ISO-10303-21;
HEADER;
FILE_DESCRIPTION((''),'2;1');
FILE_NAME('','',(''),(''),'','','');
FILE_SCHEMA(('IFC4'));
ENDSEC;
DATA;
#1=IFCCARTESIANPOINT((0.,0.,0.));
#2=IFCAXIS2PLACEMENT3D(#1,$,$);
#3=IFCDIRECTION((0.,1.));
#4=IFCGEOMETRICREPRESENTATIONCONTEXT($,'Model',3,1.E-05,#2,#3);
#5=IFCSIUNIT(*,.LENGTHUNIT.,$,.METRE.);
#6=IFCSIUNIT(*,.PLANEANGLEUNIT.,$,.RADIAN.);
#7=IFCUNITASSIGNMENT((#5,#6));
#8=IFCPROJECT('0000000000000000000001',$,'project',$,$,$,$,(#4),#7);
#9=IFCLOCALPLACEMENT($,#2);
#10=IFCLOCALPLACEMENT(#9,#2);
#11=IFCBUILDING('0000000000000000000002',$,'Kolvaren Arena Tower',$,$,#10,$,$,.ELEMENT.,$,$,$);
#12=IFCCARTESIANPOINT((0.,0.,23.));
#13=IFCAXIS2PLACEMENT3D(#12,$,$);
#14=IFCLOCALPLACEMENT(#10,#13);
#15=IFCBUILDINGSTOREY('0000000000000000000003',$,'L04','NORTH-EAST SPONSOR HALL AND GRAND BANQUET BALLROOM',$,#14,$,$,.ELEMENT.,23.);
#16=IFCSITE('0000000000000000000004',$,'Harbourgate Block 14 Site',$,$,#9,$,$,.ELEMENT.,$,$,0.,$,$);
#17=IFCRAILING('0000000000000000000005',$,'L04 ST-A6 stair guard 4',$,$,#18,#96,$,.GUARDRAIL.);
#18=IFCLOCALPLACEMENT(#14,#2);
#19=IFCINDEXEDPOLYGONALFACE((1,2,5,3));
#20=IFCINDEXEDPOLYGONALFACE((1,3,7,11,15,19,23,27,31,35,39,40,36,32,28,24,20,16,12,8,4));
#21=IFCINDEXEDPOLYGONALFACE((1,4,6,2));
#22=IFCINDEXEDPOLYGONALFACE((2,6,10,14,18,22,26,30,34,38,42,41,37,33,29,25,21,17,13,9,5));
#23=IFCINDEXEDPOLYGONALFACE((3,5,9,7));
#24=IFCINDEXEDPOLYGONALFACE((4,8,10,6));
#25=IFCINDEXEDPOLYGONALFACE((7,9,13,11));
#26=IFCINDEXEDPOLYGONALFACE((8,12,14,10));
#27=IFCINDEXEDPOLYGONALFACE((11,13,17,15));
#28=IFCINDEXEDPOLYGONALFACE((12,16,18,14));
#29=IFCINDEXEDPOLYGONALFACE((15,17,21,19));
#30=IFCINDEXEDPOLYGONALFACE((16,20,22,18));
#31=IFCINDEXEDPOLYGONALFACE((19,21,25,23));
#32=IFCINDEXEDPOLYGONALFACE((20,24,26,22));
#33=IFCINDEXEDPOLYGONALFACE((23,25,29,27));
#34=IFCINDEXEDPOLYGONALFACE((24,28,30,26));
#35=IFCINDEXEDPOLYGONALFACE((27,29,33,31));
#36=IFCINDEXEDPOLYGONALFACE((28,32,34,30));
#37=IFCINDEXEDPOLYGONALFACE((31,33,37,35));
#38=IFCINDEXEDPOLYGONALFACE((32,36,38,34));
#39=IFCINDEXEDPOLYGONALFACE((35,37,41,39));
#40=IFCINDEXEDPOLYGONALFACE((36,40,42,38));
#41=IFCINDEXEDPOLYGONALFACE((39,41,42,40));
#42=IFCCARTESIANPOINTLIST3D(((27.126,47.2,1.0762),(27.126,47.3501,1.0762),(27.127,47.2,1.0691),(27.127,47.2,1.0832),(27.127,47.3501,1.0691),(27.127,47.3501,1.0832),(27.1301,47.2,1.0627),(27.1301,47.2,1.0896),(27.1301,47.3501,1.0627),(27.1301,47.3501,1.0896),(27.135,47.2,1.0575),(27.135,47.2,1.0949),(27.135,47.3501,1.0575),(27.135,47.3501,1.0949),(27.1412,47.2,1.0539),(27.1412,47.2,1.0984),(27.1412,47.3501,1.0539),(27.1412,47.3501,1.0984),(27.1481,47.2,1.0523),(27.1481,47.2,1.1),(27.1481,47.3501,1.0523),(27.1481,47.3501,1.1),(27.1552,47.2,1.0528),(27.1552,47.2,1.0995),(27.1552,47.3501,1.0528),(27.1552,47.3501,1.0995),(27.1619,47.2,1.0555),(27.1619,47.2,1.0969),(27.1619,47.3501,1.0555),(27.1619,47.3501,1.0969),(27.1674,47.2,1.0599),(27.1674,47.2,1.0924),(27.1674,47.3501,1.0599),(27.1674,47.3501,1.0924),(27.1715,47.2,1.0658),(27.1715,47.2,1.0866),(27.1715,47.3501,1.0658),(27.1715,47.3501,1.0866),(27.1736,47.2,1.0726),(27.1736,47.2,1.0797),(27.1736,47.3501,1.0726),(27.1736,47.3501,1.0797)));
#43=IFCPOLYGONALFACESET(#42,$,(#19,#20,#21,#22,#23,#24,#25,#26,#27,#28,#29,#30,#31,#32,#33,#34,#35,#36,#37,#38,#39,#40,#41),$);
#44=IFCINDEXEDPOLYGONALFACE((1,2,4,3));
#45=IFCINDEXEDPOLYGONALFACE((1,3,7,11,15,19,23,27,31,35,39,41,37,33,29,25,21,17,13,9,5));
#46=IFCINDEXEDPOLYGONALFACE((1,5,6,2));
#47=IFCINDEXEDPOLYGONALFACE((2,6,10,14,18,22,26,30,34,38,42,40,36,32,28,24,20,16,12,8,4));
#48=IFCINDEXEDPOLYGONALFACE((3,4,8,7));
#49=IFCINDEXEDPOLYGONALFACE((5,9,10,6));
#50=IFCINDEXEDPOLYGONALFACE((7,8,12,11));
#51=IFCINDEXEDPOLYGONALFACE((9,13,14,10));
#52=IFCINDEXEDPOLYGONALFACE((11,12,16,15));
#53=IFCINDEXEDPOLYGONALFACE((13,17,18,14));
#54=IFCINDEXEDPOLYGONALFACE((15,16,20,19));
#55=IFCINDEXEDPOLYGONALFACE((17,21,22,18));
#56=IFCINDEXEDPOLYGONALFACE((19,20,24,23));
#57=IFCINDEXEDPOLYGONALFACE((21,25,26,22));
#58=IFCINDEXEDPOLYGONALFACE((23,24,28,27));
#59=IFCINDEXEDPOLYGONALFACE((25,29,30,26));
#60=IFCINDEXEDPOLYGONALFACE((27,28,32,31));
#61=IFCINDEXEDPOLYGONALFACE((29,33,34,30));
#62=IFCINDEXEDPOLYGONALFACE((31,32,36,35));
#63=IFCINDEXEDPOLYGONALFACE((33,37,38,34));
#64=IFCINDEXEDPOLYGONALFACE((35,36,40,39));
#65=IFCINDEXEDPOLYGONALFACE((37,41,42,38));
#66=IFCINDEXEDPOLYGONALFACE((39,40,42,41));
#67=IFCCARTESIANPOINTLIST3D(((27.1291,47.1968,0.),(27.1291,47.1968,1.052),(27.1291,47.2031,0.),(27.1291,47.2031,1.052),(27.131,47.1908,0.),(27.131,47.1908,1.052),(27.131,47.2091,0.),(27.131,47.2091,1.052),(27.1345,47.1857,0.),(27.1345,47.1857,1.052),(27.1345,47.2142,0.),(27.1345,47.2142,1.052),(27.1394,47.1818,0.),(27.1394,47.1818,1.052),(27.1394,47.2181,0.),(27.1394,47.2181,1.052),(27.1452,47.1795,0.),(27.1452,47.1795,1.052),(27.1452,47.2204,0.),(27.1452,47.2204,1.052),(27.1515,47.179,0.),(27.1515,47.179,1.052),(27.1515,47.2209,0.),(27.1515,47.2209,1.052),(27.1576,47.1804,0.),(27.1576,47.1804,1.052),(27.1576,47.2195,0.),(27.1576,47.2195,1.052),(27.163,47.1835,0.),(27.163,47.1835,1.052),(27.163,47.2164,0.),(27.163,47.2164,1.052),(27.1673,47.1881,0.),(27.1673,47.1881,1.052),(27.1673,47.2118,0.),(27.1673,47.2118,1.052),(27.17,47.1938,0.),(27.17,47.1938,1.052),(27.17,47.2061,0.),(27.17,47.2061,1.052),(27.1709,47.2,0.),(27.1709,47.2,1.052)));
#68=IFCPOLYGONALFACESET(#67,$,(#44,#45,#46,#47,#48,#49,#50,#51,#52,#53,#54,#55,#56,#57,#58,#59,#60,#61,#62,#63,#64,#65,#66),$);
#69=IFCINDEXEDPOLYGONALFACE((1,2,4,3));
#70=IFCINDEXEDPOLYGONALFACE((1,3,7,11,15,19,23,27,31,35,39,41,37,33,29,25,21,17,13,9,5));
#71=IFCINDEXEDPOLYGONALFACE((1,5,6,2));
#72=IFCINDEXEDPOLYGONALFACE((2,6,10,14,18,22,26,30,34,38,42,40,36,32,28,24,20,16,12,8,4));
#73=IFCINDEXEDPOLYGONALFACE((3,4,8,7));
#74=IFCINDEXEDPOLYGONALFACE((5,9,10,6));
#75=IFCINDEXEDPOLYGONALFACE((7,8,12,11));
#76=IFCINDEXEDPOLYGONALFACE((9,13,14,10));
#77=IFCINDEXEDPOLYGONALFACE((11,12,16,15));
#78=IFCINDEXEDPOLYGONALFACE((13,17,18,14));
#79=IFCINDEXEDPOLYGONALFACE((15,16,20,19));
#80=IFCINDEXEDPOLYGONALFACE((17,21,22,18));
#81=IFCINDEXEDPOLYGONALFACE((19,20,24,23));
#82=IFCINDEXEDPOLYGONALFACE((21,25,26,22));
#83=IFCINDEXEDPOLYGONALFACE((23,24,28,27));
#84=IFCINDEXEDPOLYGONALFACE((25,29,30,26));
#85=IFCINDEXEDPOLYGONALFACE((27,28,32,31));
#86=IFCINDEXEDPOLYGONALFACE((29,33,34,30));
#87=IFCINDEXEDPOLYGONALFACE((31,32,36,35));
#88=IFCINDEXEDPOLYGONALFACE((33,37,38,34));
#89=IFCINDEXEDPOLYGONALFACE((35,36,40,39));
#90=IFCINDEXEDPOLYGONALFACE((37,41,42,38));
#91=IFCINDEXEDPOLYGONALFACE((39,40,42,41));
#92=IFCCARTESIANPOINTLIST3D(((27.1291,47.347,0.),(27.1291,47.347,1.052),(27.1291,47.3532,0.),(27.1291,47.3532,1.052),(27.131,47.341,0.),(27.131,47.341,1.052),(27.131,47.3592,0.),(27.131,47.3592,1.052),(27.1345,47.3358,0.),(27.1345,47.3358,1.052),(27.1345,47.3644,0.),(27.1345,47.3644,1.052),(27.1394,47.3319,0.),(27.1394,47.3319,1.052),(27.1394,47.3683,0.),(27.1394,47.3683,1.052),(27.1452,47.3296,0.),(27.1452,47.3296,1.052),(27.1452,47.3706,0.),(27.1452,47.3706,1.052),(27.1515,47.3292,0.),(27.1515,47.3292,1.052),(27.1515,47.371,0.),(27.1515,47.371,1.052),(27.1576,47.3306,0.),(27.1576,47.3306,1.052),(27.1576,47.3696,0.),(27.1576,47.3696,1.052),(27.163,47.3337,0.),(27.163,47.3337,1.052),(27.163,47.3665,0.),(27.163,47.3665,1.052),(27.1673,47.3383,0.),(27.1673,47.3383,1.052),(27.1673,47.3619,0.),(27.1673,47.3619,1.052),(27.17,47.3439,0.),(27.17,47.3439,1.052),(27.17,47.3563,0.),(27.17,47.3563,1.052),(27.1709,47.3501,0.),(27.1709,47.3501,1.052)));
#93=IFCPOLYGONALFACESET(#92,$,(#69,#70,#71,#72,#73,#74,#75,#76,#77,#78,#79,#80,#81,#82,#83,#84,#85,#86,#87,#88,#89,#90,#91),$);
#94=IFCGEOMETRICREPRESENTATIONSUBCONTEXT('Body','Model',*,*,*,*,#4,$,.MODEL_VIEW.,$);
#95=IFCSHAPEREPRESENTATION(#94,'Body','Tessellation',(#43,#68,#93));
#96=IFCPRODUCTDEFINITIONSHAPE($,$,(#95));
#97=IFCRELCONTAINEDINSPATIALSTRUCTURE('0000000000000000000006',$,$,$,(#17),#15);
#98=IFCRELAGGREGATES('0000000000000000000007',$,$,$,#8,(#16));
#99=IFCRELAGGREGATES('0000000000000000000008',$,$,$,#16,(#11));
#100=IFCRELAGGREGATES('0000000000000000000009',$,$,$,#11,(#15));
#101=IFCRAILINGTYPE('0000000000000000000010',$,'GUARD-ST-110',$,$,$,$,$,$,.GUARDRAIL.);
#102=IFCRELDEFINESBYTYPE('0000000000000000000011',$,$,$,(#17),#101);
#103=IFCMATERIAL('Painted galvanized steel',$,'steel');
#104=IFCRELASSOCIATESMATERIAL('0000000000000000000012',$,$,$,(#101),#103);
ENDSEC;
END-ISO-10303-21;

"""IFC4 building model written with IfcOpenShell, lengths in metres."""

from ifc_helpers import new_model, si_unit, direction, frame, origin, origin_2d, place, context, subcontext, project, spatial, circle, extrude, material, type_object, element, save


model = new_model("IFC4")

# Units and contexts
model_context = context("Model", 3, precision=1e-05, world=origin(), true_north=direction((0.0, 1.0)))
body_context = subcontext(model_context, "Body", "Model", "MODEL_VIEW")
ifc_project = project(units=[si_unit("LENGTHUNIT", "METRE"), si_unit("PLANEANGLEUNIT", "RADIAN")], contexts=[model_context])

# Site, building, storey
site_placement = place(None, origin())
site = spatial("IfcSite", under=ifc_project, at=site_placement, Name="Harbourgate Block 14 Site", CompositionType="ELEMENT", RefElevation=0.0)
building_placement = place(site_placement, origin())
building = spatial("IfcBuilding", under=site, at=building_placement, Name="Kolvaren Arena Tower", CompositionType="ELEMENT")
storey_placement = place(building_placement, frame((0.0, 0.0, 23.0)))
storey = spatial("IfcBuildingStorey", under=building, at=storey_placement, Name="L04", Description="NORTH-EAST SPONSOR HALL AND GRAND BANQUET BALLROOM", CompositionType="ELEMENT", Elevation=23.0)

# Railing
ifc_material_1 = material(Name="Painted galvanized steel", Category="steel")
railing_type_1 = type_object("IfcRailingType", Name="GUARD-ST-110", PredefinedType="GUARDRAIL", material=ifc_material_1)
railing_1_placement = place(storey_placement, frame((27.1499, 47.2, 0.0)))
element("IfcRailing", 1, at=railing_1_placement, inside=storey, type_object=railing_type_1, Name="L04 ST-A6 stair guard 4", PredefinedType="GUARDRAIL", context=body_context, shape_type="SweptSolid", body=[
    extrude(circle(Radius=0.0239, at=origin_2d()), frame((0.0, 0.0, 1.0762), z_axis=(0.0, 1.0, 0.0), x_axis=(-1.0, 0.0, 0.0)), (0.0, 0.0, 1.0), 0.1501),
    extrude(circle(Radius=0.021, at=origin_2d()), origin(), (0.0, 0.0, 1.0), 1.052),
    extrude(circle(Radius=0.021, at=origin_2d()), frame((0.0, 0.1501, 0.0)), (0.0, 0.0, 1.0), 1.052),
])

save(model, "model.ifc")
